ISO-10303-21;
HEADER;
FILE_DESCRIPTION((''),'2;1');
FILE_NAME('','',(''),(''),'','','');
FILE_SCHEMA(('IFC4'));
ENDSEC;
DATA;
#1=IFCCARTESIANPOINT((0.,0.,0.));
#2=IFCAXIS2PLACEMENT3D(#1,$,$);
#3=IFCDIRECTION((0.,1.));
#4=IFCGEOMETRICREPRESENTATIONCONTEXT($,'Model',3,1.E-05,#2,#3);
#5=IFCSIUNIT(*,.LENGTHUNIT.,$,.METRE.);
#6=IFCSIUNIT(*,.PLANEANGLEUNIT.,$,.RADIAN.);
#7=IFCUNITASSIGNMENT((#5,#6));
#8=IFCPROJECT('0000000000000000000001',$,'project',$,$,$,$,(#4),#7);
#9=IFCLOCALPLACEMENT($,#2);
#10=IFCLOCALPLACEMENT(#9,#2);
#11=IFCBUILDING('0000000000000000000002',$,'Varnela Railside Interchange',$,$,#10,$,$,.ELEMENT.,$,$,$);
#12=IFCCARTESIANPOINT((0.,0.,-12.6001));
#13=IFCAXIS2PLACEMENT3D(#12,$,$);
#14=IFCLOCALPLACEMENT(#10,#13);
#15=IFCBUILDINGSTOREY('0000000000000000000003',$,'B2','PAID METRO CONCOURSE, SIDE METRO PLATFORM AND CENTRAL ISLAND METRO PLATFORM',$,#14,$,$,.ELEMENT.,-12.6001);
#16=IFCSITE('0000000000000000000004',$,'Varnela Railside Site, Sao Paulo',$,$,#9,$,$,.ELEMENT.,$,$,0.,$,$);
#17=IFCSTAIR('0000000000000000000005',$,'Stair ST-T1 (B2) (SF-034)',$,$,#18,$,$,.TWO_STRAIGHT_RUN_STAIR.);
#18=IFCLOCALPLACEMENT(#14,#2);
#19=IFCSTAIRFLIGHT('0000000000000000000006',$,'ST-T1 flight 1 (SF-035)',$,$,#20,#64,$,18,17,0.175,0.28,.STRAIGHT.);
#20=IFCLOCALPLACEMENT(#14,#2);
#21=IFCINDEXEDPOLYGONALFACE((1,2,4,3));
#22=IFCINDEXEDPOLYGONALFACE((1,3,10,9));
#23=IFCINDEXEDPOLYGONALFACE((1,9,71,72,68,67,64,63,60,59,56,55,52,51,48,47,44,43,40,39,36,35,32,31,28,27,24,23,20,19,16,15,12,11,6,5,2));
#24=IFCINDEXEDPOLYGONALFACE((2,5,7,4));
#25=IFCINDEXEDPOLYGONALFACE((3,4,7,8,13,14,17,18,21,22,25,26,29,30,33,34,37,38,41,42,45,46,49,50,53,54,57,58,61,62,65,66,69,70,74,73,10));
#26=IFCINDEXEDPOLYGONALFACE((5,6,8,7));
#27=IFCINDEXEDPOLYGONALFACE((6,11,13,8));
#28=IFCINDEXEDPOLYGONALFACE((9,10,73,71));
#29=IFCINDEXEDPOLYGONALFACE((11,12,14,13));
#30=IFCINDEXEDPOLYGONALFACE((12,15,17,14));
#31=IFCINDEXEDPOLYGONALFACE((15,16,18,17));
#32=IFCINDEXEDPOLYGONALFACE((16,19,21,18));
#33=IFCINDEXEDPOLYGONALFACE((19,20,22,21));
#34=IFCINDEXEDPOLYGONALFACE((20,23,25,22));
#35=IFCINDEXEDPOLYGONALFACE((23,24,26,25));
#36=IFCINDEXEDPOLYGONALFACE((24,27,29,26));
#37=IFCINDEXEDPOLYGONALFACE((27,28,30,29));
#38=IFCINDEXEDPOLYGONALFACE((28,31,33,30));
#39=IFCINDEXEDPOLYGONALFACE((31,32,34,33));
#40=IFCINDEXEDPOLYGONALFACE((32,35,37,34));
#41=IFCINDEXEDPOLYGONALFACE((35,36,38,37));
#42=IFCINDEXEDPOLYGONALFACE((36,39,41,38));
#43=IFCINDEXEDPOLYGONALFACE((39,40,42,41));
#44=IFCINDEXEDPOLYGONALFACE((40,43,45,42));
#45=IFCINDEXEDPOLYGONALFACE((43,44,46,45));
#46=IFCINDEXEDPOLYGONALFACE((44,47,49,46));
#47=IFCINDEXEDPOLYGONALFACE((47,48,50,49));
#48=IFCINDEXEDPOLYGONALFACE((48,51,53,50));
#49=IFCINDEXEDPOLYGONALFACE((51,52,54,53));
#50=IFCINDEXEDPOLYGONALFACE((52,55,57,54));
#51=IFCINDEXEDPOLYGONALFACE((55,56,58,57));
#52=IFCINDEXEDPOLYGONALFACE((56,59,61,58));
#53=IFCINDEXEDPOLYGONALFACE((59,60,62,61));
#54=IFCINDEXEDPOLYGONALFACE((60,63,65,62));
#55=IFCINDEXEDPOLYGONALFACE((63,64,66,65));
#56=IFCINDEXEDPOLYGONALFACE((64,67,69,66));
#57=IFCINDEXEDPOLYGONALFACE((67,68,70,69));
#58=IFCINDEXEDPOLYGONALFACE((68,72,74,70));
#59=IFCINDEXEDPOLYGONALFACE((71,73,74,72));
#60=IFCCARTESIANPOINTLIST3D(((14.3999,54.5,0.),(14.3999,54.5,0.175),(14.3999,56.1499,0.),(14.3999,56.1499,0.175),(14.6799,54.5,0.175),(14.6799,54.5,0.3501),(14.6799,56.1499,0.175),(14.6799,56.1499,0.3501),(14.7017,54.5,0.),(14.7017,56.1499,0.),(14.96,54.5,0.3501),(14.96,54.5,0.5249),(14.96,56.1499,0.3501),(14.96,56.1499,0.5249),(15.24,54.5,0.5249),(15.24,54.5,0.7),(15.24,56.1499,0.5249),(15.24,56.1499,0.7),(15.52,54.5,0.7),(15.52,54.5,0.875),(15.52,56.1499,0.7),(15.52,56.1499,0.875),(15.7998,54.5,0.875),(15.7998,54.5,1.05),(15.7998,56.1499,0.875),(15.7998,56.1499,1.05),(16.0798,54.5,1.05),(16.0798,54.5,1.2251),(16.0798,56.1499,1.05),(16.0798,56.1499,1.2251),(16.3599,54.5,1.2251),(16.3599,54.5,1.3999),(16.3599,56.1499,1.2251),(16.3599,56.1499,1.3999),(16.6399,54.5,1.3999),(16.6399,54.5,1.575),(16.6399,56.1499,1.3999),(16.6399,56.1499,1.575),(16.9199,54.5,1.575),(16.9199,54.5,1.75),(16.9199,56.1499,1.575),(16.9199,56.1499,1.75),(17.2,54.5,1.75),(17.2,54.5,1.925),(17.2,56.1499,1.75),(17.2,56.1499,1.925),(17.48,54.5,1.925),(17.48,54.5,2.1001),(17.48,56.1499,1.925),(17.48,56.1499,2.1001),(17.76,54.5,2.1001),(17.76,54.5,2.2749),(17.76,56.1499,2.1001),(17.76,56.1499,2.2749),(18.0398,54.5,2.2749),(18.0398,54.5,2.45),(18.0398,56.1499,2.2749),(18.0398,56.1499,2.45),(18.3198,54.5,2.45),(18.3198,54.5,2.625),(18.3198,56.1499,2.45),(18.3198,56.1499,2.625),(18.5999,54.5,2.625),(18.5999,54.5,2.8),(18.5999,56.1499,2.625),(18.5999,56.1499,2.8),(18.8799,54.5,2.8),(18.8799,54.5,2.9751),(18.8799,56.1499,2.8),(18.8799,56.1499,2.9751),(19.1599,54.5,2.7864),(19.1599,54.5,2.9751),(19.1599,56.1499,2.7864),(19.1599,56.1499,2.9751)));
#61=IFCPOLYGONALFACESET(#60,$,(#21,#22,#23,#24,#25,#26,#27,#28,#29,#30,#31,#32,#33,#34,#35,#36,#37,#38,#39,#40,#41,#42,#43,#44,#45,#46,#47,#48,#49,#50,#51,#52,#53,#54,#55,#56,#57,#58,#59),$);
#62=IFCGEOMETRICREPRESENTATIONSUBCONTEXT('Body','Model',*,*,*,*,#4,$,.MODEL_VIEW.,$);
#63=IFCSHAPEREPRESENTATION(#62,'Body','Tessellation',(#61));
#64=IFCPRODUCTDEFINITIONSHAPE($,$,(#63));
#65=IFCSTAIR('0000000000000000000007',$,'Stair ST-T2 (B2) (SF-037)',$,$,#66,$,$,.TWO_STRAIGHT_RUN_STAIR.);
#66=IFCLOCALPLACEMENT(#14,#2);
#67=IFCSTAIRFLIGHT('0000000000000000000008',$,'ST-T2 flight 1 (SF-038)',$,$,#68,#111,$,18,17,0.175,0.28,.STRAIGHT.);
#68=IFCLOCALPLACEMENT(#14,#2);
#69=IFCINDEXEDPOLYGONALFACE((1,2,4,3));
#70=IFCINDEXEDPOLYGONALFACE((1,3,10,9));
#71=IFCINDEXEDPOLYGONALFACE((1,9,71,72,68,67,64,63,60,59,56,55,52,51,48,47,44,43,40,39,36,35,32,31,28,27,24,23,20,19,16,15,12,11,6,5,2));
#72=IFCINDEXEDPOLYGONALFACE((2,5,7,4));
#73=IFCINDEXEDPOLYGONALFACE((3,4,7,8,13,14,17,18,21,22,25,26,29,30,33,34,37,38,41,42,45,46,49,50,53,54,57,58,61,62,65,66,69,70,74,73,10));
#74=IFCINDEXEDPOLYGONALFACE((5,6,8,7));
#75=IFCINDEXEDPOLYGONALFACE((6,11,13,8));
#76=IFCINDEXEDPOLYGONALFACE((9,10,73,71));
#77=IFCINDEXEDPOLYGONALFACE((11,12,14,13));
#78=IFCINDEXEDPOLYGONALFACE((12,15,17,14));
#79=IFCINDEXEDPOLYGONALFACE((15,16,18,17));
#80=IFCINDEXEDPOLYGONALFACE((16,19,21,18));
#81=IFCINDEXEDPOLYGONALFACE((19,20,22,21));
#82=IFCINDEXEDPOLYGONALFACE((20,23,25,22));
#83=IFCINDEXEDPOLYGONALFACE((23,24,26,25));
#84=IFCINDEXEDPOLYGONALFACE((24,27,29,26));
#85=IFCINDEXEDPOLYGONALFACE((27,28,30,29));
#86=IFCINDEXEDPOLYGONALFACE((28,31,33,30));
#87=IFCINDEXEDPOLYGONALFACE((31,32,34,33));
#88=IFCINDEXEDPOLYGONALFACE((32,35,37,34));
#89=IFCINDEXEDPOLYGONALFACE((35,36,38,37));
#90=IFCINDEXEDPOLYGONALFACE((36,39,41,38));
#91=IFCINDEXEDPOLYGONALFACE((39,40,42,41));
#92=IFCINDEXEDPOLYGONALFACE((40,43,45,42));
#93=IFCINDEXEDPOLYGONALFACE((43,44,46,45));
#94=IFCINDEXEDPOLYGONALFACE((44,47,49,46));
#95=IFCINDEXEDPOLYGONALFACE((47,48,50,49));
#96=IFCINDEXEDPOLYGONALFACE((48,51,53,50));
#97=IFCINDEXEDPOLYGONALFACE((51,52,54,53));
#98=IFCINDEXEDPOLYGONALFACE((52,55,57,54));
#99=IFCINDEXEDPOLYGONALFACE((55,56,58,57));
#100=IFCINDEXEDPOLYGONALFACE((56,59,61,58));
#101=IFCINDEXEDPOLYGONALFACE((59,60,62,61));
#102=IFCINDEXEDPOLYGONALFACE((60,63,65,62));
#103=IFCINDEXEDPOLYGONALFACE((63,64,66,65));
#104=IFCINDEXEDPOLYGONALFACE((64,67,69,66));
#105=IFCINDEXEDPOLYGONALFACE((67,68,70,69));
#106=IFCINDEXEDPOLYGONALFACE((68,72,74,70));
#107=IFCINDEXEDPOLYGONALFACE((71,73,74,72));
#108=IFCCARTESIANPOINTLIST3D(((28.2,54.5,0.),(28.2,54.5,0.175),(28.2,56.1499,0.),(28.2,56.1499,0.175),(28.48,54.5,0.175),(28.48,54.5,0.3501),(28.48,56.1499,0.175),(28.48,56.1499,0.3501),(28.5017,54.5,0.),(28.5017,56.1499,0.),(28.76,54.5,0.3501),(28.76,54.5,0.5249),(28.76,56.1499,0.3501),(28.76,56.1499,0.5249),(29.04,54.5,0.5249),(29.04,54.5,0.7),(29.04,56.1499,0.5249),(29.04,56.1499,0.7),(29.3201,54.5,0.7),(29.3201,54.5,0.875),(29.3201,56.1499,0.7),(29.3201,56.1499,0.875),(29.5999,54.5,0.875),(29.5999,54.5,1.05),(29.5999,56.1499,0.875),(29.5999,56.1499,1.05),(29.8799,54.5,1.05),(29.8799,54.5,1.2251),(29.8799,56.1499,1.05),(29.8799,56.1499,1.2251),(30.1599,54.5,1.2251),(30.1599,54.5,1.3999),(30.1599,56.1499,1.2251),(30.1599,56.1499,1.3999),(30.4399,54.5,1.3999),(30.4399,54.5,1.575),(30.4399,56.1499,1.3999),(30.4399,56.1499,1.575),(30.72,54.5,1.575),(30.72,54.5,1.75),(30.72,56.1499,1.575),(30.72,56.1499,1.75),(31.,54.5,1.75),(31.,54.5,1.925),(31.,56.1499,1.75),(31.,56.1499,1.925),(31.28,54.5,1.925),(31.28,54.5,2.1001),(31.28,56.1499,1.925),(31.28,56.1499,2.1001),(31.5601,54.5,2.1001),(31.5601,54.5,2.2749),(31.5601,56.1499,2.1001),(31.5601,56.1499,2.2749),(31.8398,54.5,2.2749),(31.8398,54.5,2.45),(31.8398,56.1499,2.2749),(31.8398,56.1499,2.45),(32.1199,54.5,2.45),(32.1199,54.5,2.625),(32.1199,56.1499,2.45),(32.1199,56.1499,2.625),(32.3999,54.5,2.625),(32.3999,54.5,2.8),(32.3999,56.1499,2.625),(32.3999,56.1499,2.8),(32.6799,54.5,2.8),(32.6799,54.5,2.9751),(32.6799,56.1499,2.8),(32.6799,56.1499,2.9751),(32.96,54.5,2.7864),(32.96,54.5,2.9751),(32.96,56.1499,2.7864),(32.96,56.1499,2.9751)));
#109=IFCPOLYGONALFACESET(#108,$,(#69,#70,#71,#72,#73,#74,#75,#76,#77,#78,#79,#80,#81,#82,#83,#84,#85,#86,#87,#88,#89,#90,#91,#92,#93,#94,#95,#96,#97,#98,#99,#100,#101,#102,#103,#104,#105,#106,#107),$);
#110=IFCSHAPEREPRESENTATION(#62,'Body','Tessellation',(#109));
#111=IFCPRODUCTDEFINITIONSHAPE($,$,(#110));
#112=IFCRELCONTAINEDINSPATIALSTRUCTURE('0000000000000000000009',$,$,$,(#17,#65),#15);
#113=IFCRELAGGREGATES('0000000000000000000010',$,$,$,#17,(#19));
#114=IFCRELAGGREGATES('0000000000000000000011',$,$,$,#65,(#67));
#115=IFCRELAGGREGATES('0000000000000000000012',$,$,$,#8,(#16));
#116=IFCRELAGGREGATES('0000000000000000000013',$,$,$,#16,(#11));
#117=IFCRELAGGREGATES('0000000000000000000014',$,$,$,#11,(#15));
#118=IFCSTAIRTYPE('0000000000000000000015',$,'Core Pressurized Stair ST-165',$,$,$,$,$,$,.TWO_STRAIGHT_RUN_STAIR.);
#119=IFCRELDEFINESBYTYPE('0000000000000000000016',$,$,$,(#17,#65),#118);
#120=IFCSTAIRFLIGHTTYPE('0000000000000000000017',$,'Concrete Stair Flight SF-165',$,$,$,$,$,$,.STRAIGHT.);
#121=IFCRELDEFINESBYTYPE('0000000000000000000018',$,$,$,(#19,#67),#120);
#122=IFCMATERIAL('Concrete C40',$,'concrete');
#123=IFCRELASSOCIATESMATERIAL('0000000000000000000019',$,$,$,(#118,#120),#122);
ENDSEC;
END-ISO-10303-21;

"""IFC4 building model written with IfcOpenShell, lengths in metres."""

from ifc_helpers import new_model, si_unit, direction, frame, origin, place, context, subcontext, project, spatial, polyline, outline, extrude, material, type_object, element, aggregate, save


model = new_model("IFC4")

# Units and contexts
model_context = context("Model", 3, precision=1e-05, world=origin(), true_north=direction((0.0, 1.0)))
body_context = subcontext(model_context, "Body", "Model", "MODEL_VIEW")
ifc_project = project(units=[si_unit("LENGTHUNIT", "METRE"), si_unit("PLANEANGLEUNIT", "RADIAN")], contexts=[model_context])

# Site, building, storey
site_placement = place(None, origin())
site = spatial("IfcSite", under=ifc_project, at=site_placement, Name="Varnela Railside Site, Sao Paulo", CompositionType="ELEMENT", RefElevation=0.0)
building_placement = place(site_placement, origin())
building = spatial("IfcBuilding", under=site, at=building_placement, Name="Varnela Railside Interchange", CompositionType="ELEMENT")
storey_placement = place(building_placement, frame((0.0, 0.0, -12.6001)))
storey = spatial("IfcBuildingStorey", under=building, at=storey_placement, Name="B2", Description="PAID METRO CONCOURSE, SIDE METRO PLATFORM AND CENTRAL ISLAND METRO PLATFORM", CompositionType="ELEMENT", Elevation=-12.6001)

# Shared definitions
ifc_material_1 = material(Name="Concrete C40", Category="concrete")

# Stairs, stair flights
stair_type = type_object("IfcStairType", Name="Core Pressurized Stair ST-165", PredefinedType="TWO_STRAIGHT_RUN_STAIR", material=ifc_material_1)
stair_1_placement = place(storey_placement, origin())
stair_1 = element("IfcStair", 1, at=stair_1_placement, inside=storey, type_object=stair_type, Name="Stair ST-T1 (B2) (SF-034)", PredefinedType="TWO_STRAIGHT_RUN_STAIR")
stair_flight_type = type_object("IfcStairFlightType", Name="Concrete Stair Flight SF-165", PredefinedType="STRAIGHT", material=ifc_material_1)
stair_flight_1_placement = place(storey_placement, frame((14.3999, 55.325, 0.0), z_axis=(0.0, 0.0, 1.0), x_axis=(1.0, 0.0, 0.0)))
stair_flight_1 = element("IfcStairFlight", 2, at=stair_flight_1_placement, type_object=stair_flight_type, Name="ST-T1 flight 1 (SF-035)", NumberOfRisers=18, NumberOfTreads=17, PredefinedType="STRAIGHT", RiserHeight=0.175, TreadLength=0.28, context=body_context, shape_type="SweptSolid", body=[
    extrude(outline(polyline([(0.0, 0.0), (0.0, 0.175), (0.28, 0.175), (0.28, 0.3501), (0.5601, 0.3501), (0.5601, 0.5249), (0.8401, 0.5249), (0.8401, 0.7), (1.1201, 0.7), (1.1201, 0.875), (1.3999, 0.875), (1.3999, 1.05), (1.6799, 1.05), (1.6799, 1.2251), (1.96, 1.2251), (1.96, 1.3999), (2.24, 1.3999), (2.24, 1.575), (2.52, 1.575), (2.52, 1.75), (2.8, 1.75), (2.8, 1.925), (3.0801, 1.925), (3.0801, 2.1001), (3.3601, 2.1001), (3.3601, 2.2749), (3.6399, 2.2749), (3.6399, 2.45), (3.9199, 2.45), (3.9199, 2.625), (4.2, 2.625), (4.2, 2.8), (4.48, 2.8), (4.48, 2.9751), (4.76, 2.9751), (4.76, 3.1499), (4.76, 2.7864), (0.3018, 0.0), (0.0, 0.0)])), frame((0.0, 0.825, 0.0), z_axis=(0.0, -1.0, 0.0), x_axis=(1.0, 0.0, 0.0)), (0.0, 0.0, 1.0), 1.6499),
])
aggregate(stair_1, [stair_flight_1])
stair_2_placement = place(storey_placement, origin())
stair_2 = element("IfcStair", 3, at=stair_2_placement, inside=storey, type_object=stair_type, Name="Stair ST-T2 (B2) (SF-037)", PredefinedType="TWO_STRAIGHT_RUN_STAIR")
stair_flight_2_placement = place(storey_placement, frame((28.2, 55.325, 0.0), z_axis=(0.0, 0.0, 1.0), x_axis=(1.0, 0.0, 0.0)))
stair_flight_2 = element("IfcStairFlight", 4, at=stair_flight_2_placement, type_object=stair_flight_type, Name="ST-T2 flight 1 (SF-038)", NumberOfRisers=18, NumberOfTreads=17, PredefinedType="STRAIGHT", RiserHeight=0.175, TreadLength=0.28, context=body_context, shape_type="SweptSolid", body=[
    extrude(outline(polyline([(0.0, 0.0), (0.0, 0.175), (0.28, 0.175), (0.28, 0.3501), (0.5601, 0.3501), (0.5601, 0.5249), (0.8401, 0.5249), (0.8401, 0.7), (1.1201, 0.7), (1.1201, 0.875), (1.3999, 0.875), (1.3999, 1.05), (1.6799, 1.05), (1.6799, 1.2251), (1.96, 1.2251), (1.96, 1.3999), (2.24, 1.3999), (2.24, 1.575), (2.52, 1.575), (2.52, 1.75), (2.8, 1.75), (2.8, 1.925), (3.0801, 1.925), (3.0801, 2.1001), (3.3601, 2.1001), (3.3601, 2.2749), (3.6399, 2.2749), (3.6399, 2.45), (3.9199, 2.45), (3.9199, 2.625), (4.2, 2.625), (4.2, 2.8), (4.48, 2.8), (4.48, 2.9751), (4.76, 2.9751), (4.76, 3.1499), (4.76, 2.7864), (0.3018, 0.0), (0.0, 0.0)])), frame((0.0, 0.825, 0.0), z_axis=(0.0, -1.0, 0.0), x_axis=(1.0, 0.0, 0.0)), (0.0, 0.0, 1.0), 1.6499),
])
aggregate(stair_2, [stair_flight_2])

save(model, "model.ifc")
